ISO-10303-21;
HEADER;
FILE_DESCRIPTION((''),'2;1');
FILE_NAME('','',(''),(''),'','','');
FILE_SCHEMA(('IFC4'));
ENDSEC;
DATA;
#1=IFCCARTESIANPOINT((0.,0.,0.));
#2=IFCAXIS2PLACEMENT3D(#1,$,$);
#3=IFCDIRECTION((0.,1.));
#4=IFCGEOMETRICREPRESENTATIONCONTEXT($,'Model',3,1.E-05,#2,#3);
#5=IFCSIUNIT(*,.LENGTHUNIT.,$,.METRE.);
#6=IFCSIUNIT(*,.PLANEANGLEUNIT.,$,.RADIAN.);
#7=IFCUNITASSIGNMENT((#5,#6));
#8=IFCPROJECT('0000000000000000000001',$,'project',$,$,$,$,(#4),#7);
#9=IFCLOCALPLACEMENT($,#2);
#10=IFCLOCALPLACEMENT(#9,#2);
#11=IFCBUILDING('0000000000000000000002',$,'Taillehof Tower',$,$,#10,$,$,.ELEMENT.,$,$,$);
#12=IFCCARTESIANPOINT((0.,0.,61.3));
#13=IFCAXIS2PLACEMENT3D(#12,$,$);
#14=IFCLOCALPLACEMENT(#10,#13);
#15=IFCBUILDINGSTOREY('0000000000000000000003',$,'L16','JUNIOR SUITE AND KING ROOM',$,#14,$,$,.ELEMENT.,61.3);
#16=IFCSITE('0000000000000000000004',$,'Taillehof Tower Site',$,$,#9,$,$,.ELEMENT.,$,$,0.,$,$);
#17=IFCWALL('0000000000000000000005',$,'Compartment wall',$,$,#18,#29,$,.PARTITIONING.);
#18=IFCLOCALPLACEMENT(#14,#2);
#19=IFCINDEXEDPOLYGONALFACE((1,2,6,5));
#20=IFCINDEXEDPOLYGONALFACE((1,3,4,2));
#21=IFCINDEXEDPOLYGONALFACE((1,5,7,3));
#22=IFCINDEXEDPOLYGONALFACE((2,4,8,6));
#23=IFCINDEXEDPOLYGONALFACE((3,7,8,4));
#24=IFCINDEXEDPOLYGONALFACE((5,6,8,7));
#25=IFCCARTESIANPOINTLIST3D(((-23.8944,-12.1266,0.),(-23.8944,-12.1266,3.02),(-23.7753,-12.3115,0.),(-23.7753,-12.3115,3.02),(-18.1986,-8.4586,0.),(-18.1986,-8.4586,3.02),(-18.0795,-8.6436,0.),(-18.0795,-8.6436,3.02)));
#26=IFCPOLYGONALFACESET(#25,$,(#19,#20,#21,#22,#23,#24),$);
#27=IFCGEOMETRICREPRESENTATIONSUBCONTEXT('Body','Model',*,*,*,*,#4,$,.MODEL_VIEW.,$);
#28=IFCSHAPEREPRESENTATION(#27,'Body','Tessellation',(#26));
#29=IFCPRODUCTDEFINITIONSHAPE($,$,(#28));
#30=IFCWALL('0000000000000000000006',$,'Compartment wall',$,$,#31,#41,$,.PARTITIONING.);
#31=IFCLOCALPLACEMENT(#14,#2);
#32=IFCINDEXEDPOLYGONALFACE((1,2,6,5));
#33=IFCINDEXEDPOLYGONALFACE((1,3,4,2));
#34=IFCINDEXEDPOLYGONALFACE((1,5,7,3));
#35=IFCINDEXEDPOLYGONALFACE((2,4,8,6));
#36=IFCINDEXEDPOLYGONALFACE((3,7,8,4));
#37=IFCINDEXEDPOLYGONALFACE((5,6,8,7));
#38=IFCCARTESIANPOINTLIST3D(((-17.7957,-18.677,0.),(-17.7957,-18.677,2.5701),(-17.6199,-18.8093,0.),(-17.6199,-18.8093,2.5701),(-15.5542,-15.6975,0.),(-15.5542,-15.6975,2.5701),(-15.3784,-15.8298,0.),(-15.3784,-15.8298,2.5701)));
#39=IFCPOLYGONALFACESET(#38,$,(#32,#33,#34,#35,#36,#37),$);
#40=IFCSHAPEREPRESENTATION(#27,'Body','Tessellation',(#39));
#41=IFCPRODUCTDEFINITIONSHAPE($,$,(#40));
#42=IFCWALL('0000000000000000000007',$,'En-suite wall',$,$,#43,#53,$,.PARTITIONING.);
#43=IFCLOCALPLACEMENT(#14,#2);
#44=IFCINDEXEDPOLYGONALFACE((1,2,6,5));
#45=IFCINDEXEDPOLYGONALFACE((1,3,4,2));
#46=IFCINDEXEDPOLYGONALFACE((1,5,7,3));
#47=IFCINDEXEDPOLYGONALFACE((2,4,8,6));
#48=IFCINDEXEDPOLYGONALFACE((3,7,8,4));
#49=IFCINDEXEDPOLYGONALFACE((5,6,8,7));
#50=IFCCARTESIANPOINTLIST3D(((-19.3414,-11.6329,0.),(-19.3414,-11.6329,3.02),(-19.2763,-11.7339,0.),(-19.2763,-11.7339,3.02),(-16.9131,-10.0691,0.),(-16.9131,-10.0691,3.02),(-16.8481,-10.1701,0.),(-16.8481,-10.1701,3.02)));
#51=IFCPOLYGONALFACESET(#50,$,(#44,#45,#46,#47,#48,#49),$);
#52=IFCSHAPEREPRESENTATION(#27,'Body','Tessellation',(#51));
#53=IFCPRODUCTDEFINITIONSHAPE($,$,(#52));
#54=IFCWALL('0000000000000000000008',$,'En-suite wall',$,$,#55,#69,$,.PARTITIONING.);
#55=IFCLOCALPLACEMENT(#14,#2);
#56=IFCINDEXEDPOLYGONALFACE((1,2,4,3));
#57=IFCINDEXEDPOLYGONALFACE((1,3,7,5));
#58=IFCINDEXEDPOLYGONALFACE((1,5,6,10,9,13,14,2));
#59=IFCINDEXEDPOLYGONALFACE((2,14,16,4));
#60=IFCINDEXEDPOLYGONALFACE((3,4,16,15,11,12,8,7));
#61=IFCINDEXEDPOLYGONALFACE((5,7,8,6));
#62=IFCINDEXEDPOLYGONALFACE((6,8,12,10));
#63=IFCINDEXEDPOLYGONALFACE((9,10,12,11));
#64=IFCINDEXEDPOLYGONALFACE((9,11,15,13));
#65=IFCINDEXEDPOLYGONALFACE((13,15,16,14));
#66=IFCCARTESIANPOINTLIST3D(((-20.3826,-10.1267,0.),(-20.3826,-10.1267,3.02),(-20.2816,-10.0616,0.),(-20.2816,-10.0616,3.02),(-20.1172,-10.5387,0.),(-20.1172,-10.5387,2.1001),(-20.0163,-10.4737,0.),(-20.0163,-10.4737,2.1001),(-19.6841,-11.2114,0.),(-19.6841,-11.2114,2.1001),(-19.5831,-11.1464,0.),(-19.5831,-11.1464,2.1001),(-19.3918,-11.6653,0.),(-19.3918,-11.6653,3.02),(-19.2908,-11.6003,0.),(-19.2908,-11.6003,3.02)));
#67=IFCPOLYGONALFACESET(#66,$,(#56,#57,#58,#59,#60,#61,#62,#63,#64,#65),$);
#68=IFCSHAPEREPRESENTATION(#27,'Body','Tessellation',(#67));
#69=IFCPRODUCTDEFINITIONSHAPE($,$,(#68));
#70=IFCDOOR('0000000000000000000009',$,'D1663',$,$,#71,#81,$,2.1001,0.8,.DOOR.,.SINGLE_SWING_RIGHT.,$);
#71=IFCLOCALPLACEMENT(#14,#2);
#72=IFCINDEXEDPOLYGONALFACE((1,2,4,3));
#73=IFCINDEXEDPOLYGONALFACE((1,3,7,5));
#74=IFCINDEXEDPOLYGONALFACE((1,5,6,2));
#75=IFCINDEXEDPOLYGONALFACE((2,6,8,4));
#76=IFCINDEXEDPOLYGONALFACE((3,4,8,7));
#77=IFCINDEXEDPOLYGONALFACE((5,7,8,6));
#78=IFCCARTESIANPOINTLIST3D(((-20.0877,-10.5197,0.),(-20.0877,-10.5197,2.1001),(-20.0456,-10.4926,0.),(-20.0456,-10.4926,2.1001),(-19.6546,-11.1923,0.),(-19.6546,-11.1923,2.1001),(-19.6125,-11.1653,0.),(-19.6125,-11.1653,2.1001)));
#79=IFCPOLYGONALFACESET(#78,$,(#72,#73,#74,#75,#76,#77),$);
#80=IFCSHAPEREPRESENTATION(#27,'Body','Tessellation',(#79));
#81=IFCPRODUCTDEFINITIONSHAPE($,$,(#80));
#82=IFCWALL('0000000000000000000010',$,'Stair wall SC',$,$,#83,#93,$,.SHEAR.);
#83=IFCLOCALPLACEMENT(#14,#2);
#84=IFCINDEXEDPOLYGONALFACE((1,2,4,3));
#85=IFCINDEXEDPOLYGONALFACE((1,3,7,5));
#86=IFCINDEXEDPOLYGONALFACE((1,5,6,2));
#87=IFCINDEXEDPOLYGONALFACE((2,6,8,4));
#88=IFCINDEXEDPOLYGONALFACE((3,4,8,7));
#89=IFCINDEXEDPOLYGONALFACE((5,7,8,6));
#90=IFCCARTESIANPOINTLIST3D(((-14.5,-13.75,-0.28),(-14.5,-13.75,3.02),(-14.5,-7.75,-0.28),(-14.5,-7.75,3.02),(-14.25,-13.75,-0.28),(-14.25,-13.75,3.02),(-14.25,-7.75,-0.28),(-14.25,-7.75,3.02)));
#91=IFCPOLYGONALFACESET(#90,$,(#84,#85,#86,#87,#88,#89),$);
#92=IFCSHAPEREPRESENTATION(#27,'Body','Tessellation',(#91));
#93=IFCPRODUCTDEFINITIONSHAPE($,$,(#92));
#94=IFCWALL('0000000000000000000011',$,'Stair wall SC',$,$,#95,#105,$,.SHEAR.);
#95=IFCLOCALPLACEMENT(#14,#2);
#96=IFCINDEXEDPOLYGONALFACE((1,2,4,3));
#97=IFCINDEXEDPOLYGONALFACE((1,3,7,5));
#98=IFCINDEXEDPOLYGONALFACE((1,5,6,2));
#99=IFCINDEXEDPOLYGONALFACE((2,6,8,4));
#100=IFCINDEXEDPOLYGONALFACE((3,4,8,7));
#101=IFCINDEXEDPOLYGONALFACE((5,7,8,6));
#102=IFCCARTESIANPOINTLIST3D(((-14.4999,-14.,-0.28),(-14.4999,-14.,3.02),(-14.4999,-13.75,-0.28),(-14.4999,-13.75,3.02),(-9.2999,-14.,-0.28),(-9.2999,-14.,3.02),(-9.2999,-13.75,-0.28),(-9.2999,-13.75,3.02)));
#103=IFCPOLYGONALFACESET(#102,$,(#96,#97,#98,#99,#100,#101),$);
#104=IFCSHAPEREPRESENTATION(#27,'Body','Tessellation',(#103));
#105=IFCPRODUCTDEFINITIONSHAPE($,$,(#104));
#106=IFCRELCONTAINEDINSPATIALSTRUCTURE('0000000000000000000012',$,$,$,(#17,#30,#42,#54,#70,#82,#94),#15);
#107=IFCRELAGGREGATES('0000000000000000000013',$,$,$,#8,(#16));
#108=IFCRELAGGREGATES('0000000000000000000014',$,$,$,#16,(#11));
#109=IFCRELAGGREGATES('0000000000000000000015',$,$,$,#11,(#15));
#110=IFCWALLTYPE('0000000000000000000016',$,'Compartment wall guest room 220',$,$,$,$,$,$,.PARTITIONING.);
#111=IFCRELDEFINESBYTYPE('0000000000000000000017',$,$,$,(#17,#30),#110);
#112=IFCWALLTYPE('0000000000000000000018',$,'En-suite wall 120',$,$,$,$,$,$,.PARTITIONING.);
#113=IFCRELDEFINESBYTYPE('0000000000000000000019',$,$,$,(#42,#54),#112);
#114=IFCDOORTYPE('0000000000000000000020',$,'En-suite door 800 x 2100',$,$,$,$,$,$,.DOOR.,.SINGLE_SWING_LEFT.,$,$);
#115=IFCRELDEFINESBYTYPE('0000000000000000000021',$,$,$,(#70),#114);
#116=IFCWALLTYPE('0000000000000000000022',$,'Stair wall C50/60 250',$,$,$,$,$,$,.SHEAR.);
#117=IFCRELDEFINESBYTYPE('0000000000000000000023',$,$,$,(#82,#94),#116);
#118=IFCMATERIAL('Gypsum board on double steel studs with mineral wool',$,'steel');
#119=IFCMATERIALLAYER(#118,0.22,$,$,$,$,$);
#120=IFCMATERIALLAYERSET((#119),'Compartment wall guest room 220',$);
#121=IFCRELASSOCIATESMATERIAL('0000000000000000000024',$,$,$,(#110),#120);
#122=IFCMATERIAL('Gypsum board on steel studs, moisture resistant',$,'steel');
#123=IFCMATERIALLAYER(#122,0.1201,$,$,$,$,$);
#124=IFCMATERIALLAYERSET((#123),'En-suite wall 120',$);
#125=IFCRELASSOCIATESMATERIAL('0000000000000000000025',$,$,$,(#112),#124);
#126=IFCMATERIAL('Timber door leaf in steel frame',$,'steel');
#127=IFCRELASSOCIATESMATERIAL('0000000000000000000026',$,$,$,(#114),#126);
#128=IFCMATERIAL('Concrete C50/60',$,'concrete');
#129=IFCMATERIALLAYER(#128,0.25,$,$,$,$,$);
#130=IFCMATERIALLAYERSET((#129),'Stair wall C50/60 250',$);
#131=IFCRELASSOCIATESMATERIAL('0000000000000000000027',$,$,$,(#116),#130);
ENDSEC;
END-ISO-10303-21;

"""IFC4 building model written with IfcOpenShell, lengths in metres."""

from ifc_helpers import new_model, si_unit, direction, frame, frame_2d, origin, place, context, subcontext, project, spatial, rectangle, extrude, material, layer, layer_set, type_object, element, fill, save


model = new_model("IFC4")

# Units and contexts
model_context = context("Model", 3, precision=1e-05, world=origin(), true_north=direction((0.0, 1.0)))
body_context = subcontext(model_context, "Body", "Model", "MODEL_VIEW")
ifc_project = project(units=[si_unit("LENGTHUNIT", "METRE"), si_unit("PLANEANGLEUNIT", "RADIAN")], contexts=[model_context])

# Site, building, storey
site_placement = place(None, origin())
site = spatial("IfcSite", under=ifc_project, at=site_placement, Name="Taillehof Tower Site", CompositionType="ELEMENT", RefElevation=0.0)
building_placement = place(site_placement, origin())
building = spatial("IfcBuilding", under=site, at=building_placement, Name="Taillehof Tower", CompositionType="ELEMENT")
storey_placement = place(building_placement, frame((0.0, 0.0, 61.3)))
storey = spatial("IfcBuildingStorey", under=building, at=storey_placement, Name="L16", Description="JUNIOR SUITE AND KING ROOM", CompositionType="ELEMENT", Elevation=61.3)

# Walls
ifc_material_1 = material(Name="Gypsum board on double steel studs with mineral wool", Category="steel")
ifc_layer_1 = layer(ifc_material_1, 0.22)
ifc_layer_set_1 = layer_set([ifc_layer_1], Name="Compartment wall guest room 220")
wall_type_1 = type_object("IfcWallType", Name="Compartment wall guest room 220", PredefinedType="PARTITIONING", material=ifc_layer_set_1)
wall_1_placement = place(storey_placement, frame((-23.8347, -12.219, 0.0), z_axis=(0.0, 0.0, 1.0), x_axis=(0.84075, 0.541424, 0.0)))
element("IfcWall", 1, at=wall_1_placement, inside=storey, type_object=wall_type_1, Name="Compartment wall", PredefinedType="PARTITIONING", context=body_context, shape_type="SweptSolid", body=[
    extrude(rectangle(XDim=6.7747, YDim=0.22, at=frame_2d((3.3872, 0.0))), origin(), (0.0, 0.0, 1.0), 3.02),
])
wall_2_placement = place(storey_placement, frame((-17.7078, -18.7432, 0.0), z_axis=(0.0, 0.0, 1.0), x_axis=(0.601173, 0.799119, 0.0)))
element("IfcWall", 2, at=wall_2_placement, inside=storey, type_object=wall_type_1, Name="Compartment wall", PredefinedType="PARTITIONING", context=body_context, shape_type="SweptSolid", body=[
    extrude(rectangle(XDim=3.7285, YDim=0.22, at=frame_2d((1.8643, 0.0))), origin(), (0.0, 0.0, 1.0), 2.5701),
])
ifc_material_2 = material(Name="Gypsum board on steel studs, moisture resistant", Category="steel")
ifc_layer_2 = layer(ifc_material_2, 0.1201)
ifc_layer_set_2 = layer_set([ifc_layer_2], Name="En-suite wall 120")
wall_type_2 = type_object("IfcWallType", Name="En-suite wall 120", PredefinedType="PARTITIONING", material=ifc_layer_set_2)
wall_3_placement = place(storey_placement, frame((-16.8806, -10.1196, 0.0), z_axis=(0.0, 0.0, 1.0), x_axis=(-0.84075, -0.541424, 0.0)))
element("IfcWall", 3, at=wall_3_placement, inside=storey, type_object=wall_type_2, Name="En-suite wall", PredefinedType="PARTITIONING", context=body_context, shape_type="SweptSolid", body=[
    extrude(rectangle(XDim=2.8882, YDim=0.1201, at=frame_2d((1.4441, 0.0))), origin(), (0.0, 0.0, 1.0), 3.02),
])

# Wall, opening, door
wall_4_placement = place(storey_placement, frame((-19.3413, -11.6328, 0.0), z_axis=(0.0, 0.0, 1.0), x_axis=(-0.541391, 0.840771, 0.0)))
wall_4 = element("IfcWall", 4, at=wall_4_placement, inside=storey, type_object=wall_type_2, Name="En-suite wall", PredefinedType="PARTITIONING", context=body_context, shape_type="SweptSolid", body=[
    extrude(rectangle(XDim=1.8301, YDim=0.1201, at=frame_2d((0.915, 0.0))), origin(), (0.0, 0.0, 1.0), 3.02),
])
opening_1_placement = place(wall_4_placement, frame((0.54, 0.0, 0.0)))
opening_1 = element("IfcOpeningElement", 5, at=opening_1_placement, cuts=wall_4, PredefinedType="OPENING", context=body_context, shape_type="SweptSolid", body=[
    extrude(rectangle(XDim=0.8, YDim=2.1001, at=frame_2d((0.3999, 1.05))), frame((0.0, 0.0701, 0.0), z_axis=(0.0, -1.0, 0.0), x_axis=(1.0, 0.0, 0.0)), (0.0, 0.0, 1.0), 0.1401),
])
ifc_material_3 = material(Name="Timber door leaf in steel frame", Category="steel")
door_type_1 = type_object("IfcDoorType", Name="En-suite door 800 x 2100", OperationType="SINGLE_SWING_LEFT", PredefinedType="DOOR", material=ifc_material_3)
door_1_placement = place(opening_1_placement, origin())
door_1 = element("IfcDoor", 6, at=door_1_placement, inside=storey, type_object=door_type_1, Name="D1663", OperationType="SINGLE_SWING_RIGHT", OverallHeight=2.1001, OverallWidth=0.8, PredefinedType="DOOR", context=body_context, shape_type="SweptSolid", body=[
    extrude(rectangle(XDim=0.8, YDim=2.1001, at=frame_2d((0.3999, 1.05))), frame((0.0, 0.0249, 0.0), z_axis=(0.0, -1.0, 0.0), x_axis=(1.0, 0.0, 0.0)), (0.0, 0.0, 1.0), 0.05),
])
fill(opening_1, door_1)

# Walls
ifc_material_4 = material(Name="Concrete C50/60", Category="concrete")
ifc_layer_3 = layer(ifc_material_4, 0.25)
ifc_layer_set_3 = layer_set([ifc_layer_3], Name="Stair wall C50/60 250")
wall_type_3 = type_object("IfcWallType", Name="Stair wall C50/60 250", PredefinedType="SHEAR", material=ifc_layer_set_3)
wall_5_placement = place(storey_placement, frame((-14.375, -13.75, -0.28), z_axis=(0.0, 0.0, 1.0), x_axis=(0.0, 1.0, 0.0)))
element("IfcWall", 7, at=wall_5_placement, inside=storey, type_object=wall_type_3, Name="Stair wall SC", PredefinedType="SHEAR", context=body_context, shape_type="SweptSolid", body=[
    extrude(rectangle(XDim=6.0, YDim=0.25, at=frame_2d((3.0, 0.0))), origin(), (0.0, 0.0, 1.0), 3.3),
])
wall_6_placement = place(storey_placement, frame((-14.5, -13.875, -0.28), z_axis=(0.0, 0.0, 1.0), x_axis=(1.0, 0.0, 0.0)))
element("IfcWall", 8, at=wall_6_placement, inside=storey, type_object=wall_type_3, Name="Stair wall SC", PredefinedType="SHEAR", context=body_context, shape_type="SweptSolid", body=[
    extrude(rectangle(XDim=5.2, YDim=0.25, at=frame_2d((2.6001, 0.0))), origin(), (0.0, 0.0, 1.0), 3.3),
])

save(model, "model.ifc")
